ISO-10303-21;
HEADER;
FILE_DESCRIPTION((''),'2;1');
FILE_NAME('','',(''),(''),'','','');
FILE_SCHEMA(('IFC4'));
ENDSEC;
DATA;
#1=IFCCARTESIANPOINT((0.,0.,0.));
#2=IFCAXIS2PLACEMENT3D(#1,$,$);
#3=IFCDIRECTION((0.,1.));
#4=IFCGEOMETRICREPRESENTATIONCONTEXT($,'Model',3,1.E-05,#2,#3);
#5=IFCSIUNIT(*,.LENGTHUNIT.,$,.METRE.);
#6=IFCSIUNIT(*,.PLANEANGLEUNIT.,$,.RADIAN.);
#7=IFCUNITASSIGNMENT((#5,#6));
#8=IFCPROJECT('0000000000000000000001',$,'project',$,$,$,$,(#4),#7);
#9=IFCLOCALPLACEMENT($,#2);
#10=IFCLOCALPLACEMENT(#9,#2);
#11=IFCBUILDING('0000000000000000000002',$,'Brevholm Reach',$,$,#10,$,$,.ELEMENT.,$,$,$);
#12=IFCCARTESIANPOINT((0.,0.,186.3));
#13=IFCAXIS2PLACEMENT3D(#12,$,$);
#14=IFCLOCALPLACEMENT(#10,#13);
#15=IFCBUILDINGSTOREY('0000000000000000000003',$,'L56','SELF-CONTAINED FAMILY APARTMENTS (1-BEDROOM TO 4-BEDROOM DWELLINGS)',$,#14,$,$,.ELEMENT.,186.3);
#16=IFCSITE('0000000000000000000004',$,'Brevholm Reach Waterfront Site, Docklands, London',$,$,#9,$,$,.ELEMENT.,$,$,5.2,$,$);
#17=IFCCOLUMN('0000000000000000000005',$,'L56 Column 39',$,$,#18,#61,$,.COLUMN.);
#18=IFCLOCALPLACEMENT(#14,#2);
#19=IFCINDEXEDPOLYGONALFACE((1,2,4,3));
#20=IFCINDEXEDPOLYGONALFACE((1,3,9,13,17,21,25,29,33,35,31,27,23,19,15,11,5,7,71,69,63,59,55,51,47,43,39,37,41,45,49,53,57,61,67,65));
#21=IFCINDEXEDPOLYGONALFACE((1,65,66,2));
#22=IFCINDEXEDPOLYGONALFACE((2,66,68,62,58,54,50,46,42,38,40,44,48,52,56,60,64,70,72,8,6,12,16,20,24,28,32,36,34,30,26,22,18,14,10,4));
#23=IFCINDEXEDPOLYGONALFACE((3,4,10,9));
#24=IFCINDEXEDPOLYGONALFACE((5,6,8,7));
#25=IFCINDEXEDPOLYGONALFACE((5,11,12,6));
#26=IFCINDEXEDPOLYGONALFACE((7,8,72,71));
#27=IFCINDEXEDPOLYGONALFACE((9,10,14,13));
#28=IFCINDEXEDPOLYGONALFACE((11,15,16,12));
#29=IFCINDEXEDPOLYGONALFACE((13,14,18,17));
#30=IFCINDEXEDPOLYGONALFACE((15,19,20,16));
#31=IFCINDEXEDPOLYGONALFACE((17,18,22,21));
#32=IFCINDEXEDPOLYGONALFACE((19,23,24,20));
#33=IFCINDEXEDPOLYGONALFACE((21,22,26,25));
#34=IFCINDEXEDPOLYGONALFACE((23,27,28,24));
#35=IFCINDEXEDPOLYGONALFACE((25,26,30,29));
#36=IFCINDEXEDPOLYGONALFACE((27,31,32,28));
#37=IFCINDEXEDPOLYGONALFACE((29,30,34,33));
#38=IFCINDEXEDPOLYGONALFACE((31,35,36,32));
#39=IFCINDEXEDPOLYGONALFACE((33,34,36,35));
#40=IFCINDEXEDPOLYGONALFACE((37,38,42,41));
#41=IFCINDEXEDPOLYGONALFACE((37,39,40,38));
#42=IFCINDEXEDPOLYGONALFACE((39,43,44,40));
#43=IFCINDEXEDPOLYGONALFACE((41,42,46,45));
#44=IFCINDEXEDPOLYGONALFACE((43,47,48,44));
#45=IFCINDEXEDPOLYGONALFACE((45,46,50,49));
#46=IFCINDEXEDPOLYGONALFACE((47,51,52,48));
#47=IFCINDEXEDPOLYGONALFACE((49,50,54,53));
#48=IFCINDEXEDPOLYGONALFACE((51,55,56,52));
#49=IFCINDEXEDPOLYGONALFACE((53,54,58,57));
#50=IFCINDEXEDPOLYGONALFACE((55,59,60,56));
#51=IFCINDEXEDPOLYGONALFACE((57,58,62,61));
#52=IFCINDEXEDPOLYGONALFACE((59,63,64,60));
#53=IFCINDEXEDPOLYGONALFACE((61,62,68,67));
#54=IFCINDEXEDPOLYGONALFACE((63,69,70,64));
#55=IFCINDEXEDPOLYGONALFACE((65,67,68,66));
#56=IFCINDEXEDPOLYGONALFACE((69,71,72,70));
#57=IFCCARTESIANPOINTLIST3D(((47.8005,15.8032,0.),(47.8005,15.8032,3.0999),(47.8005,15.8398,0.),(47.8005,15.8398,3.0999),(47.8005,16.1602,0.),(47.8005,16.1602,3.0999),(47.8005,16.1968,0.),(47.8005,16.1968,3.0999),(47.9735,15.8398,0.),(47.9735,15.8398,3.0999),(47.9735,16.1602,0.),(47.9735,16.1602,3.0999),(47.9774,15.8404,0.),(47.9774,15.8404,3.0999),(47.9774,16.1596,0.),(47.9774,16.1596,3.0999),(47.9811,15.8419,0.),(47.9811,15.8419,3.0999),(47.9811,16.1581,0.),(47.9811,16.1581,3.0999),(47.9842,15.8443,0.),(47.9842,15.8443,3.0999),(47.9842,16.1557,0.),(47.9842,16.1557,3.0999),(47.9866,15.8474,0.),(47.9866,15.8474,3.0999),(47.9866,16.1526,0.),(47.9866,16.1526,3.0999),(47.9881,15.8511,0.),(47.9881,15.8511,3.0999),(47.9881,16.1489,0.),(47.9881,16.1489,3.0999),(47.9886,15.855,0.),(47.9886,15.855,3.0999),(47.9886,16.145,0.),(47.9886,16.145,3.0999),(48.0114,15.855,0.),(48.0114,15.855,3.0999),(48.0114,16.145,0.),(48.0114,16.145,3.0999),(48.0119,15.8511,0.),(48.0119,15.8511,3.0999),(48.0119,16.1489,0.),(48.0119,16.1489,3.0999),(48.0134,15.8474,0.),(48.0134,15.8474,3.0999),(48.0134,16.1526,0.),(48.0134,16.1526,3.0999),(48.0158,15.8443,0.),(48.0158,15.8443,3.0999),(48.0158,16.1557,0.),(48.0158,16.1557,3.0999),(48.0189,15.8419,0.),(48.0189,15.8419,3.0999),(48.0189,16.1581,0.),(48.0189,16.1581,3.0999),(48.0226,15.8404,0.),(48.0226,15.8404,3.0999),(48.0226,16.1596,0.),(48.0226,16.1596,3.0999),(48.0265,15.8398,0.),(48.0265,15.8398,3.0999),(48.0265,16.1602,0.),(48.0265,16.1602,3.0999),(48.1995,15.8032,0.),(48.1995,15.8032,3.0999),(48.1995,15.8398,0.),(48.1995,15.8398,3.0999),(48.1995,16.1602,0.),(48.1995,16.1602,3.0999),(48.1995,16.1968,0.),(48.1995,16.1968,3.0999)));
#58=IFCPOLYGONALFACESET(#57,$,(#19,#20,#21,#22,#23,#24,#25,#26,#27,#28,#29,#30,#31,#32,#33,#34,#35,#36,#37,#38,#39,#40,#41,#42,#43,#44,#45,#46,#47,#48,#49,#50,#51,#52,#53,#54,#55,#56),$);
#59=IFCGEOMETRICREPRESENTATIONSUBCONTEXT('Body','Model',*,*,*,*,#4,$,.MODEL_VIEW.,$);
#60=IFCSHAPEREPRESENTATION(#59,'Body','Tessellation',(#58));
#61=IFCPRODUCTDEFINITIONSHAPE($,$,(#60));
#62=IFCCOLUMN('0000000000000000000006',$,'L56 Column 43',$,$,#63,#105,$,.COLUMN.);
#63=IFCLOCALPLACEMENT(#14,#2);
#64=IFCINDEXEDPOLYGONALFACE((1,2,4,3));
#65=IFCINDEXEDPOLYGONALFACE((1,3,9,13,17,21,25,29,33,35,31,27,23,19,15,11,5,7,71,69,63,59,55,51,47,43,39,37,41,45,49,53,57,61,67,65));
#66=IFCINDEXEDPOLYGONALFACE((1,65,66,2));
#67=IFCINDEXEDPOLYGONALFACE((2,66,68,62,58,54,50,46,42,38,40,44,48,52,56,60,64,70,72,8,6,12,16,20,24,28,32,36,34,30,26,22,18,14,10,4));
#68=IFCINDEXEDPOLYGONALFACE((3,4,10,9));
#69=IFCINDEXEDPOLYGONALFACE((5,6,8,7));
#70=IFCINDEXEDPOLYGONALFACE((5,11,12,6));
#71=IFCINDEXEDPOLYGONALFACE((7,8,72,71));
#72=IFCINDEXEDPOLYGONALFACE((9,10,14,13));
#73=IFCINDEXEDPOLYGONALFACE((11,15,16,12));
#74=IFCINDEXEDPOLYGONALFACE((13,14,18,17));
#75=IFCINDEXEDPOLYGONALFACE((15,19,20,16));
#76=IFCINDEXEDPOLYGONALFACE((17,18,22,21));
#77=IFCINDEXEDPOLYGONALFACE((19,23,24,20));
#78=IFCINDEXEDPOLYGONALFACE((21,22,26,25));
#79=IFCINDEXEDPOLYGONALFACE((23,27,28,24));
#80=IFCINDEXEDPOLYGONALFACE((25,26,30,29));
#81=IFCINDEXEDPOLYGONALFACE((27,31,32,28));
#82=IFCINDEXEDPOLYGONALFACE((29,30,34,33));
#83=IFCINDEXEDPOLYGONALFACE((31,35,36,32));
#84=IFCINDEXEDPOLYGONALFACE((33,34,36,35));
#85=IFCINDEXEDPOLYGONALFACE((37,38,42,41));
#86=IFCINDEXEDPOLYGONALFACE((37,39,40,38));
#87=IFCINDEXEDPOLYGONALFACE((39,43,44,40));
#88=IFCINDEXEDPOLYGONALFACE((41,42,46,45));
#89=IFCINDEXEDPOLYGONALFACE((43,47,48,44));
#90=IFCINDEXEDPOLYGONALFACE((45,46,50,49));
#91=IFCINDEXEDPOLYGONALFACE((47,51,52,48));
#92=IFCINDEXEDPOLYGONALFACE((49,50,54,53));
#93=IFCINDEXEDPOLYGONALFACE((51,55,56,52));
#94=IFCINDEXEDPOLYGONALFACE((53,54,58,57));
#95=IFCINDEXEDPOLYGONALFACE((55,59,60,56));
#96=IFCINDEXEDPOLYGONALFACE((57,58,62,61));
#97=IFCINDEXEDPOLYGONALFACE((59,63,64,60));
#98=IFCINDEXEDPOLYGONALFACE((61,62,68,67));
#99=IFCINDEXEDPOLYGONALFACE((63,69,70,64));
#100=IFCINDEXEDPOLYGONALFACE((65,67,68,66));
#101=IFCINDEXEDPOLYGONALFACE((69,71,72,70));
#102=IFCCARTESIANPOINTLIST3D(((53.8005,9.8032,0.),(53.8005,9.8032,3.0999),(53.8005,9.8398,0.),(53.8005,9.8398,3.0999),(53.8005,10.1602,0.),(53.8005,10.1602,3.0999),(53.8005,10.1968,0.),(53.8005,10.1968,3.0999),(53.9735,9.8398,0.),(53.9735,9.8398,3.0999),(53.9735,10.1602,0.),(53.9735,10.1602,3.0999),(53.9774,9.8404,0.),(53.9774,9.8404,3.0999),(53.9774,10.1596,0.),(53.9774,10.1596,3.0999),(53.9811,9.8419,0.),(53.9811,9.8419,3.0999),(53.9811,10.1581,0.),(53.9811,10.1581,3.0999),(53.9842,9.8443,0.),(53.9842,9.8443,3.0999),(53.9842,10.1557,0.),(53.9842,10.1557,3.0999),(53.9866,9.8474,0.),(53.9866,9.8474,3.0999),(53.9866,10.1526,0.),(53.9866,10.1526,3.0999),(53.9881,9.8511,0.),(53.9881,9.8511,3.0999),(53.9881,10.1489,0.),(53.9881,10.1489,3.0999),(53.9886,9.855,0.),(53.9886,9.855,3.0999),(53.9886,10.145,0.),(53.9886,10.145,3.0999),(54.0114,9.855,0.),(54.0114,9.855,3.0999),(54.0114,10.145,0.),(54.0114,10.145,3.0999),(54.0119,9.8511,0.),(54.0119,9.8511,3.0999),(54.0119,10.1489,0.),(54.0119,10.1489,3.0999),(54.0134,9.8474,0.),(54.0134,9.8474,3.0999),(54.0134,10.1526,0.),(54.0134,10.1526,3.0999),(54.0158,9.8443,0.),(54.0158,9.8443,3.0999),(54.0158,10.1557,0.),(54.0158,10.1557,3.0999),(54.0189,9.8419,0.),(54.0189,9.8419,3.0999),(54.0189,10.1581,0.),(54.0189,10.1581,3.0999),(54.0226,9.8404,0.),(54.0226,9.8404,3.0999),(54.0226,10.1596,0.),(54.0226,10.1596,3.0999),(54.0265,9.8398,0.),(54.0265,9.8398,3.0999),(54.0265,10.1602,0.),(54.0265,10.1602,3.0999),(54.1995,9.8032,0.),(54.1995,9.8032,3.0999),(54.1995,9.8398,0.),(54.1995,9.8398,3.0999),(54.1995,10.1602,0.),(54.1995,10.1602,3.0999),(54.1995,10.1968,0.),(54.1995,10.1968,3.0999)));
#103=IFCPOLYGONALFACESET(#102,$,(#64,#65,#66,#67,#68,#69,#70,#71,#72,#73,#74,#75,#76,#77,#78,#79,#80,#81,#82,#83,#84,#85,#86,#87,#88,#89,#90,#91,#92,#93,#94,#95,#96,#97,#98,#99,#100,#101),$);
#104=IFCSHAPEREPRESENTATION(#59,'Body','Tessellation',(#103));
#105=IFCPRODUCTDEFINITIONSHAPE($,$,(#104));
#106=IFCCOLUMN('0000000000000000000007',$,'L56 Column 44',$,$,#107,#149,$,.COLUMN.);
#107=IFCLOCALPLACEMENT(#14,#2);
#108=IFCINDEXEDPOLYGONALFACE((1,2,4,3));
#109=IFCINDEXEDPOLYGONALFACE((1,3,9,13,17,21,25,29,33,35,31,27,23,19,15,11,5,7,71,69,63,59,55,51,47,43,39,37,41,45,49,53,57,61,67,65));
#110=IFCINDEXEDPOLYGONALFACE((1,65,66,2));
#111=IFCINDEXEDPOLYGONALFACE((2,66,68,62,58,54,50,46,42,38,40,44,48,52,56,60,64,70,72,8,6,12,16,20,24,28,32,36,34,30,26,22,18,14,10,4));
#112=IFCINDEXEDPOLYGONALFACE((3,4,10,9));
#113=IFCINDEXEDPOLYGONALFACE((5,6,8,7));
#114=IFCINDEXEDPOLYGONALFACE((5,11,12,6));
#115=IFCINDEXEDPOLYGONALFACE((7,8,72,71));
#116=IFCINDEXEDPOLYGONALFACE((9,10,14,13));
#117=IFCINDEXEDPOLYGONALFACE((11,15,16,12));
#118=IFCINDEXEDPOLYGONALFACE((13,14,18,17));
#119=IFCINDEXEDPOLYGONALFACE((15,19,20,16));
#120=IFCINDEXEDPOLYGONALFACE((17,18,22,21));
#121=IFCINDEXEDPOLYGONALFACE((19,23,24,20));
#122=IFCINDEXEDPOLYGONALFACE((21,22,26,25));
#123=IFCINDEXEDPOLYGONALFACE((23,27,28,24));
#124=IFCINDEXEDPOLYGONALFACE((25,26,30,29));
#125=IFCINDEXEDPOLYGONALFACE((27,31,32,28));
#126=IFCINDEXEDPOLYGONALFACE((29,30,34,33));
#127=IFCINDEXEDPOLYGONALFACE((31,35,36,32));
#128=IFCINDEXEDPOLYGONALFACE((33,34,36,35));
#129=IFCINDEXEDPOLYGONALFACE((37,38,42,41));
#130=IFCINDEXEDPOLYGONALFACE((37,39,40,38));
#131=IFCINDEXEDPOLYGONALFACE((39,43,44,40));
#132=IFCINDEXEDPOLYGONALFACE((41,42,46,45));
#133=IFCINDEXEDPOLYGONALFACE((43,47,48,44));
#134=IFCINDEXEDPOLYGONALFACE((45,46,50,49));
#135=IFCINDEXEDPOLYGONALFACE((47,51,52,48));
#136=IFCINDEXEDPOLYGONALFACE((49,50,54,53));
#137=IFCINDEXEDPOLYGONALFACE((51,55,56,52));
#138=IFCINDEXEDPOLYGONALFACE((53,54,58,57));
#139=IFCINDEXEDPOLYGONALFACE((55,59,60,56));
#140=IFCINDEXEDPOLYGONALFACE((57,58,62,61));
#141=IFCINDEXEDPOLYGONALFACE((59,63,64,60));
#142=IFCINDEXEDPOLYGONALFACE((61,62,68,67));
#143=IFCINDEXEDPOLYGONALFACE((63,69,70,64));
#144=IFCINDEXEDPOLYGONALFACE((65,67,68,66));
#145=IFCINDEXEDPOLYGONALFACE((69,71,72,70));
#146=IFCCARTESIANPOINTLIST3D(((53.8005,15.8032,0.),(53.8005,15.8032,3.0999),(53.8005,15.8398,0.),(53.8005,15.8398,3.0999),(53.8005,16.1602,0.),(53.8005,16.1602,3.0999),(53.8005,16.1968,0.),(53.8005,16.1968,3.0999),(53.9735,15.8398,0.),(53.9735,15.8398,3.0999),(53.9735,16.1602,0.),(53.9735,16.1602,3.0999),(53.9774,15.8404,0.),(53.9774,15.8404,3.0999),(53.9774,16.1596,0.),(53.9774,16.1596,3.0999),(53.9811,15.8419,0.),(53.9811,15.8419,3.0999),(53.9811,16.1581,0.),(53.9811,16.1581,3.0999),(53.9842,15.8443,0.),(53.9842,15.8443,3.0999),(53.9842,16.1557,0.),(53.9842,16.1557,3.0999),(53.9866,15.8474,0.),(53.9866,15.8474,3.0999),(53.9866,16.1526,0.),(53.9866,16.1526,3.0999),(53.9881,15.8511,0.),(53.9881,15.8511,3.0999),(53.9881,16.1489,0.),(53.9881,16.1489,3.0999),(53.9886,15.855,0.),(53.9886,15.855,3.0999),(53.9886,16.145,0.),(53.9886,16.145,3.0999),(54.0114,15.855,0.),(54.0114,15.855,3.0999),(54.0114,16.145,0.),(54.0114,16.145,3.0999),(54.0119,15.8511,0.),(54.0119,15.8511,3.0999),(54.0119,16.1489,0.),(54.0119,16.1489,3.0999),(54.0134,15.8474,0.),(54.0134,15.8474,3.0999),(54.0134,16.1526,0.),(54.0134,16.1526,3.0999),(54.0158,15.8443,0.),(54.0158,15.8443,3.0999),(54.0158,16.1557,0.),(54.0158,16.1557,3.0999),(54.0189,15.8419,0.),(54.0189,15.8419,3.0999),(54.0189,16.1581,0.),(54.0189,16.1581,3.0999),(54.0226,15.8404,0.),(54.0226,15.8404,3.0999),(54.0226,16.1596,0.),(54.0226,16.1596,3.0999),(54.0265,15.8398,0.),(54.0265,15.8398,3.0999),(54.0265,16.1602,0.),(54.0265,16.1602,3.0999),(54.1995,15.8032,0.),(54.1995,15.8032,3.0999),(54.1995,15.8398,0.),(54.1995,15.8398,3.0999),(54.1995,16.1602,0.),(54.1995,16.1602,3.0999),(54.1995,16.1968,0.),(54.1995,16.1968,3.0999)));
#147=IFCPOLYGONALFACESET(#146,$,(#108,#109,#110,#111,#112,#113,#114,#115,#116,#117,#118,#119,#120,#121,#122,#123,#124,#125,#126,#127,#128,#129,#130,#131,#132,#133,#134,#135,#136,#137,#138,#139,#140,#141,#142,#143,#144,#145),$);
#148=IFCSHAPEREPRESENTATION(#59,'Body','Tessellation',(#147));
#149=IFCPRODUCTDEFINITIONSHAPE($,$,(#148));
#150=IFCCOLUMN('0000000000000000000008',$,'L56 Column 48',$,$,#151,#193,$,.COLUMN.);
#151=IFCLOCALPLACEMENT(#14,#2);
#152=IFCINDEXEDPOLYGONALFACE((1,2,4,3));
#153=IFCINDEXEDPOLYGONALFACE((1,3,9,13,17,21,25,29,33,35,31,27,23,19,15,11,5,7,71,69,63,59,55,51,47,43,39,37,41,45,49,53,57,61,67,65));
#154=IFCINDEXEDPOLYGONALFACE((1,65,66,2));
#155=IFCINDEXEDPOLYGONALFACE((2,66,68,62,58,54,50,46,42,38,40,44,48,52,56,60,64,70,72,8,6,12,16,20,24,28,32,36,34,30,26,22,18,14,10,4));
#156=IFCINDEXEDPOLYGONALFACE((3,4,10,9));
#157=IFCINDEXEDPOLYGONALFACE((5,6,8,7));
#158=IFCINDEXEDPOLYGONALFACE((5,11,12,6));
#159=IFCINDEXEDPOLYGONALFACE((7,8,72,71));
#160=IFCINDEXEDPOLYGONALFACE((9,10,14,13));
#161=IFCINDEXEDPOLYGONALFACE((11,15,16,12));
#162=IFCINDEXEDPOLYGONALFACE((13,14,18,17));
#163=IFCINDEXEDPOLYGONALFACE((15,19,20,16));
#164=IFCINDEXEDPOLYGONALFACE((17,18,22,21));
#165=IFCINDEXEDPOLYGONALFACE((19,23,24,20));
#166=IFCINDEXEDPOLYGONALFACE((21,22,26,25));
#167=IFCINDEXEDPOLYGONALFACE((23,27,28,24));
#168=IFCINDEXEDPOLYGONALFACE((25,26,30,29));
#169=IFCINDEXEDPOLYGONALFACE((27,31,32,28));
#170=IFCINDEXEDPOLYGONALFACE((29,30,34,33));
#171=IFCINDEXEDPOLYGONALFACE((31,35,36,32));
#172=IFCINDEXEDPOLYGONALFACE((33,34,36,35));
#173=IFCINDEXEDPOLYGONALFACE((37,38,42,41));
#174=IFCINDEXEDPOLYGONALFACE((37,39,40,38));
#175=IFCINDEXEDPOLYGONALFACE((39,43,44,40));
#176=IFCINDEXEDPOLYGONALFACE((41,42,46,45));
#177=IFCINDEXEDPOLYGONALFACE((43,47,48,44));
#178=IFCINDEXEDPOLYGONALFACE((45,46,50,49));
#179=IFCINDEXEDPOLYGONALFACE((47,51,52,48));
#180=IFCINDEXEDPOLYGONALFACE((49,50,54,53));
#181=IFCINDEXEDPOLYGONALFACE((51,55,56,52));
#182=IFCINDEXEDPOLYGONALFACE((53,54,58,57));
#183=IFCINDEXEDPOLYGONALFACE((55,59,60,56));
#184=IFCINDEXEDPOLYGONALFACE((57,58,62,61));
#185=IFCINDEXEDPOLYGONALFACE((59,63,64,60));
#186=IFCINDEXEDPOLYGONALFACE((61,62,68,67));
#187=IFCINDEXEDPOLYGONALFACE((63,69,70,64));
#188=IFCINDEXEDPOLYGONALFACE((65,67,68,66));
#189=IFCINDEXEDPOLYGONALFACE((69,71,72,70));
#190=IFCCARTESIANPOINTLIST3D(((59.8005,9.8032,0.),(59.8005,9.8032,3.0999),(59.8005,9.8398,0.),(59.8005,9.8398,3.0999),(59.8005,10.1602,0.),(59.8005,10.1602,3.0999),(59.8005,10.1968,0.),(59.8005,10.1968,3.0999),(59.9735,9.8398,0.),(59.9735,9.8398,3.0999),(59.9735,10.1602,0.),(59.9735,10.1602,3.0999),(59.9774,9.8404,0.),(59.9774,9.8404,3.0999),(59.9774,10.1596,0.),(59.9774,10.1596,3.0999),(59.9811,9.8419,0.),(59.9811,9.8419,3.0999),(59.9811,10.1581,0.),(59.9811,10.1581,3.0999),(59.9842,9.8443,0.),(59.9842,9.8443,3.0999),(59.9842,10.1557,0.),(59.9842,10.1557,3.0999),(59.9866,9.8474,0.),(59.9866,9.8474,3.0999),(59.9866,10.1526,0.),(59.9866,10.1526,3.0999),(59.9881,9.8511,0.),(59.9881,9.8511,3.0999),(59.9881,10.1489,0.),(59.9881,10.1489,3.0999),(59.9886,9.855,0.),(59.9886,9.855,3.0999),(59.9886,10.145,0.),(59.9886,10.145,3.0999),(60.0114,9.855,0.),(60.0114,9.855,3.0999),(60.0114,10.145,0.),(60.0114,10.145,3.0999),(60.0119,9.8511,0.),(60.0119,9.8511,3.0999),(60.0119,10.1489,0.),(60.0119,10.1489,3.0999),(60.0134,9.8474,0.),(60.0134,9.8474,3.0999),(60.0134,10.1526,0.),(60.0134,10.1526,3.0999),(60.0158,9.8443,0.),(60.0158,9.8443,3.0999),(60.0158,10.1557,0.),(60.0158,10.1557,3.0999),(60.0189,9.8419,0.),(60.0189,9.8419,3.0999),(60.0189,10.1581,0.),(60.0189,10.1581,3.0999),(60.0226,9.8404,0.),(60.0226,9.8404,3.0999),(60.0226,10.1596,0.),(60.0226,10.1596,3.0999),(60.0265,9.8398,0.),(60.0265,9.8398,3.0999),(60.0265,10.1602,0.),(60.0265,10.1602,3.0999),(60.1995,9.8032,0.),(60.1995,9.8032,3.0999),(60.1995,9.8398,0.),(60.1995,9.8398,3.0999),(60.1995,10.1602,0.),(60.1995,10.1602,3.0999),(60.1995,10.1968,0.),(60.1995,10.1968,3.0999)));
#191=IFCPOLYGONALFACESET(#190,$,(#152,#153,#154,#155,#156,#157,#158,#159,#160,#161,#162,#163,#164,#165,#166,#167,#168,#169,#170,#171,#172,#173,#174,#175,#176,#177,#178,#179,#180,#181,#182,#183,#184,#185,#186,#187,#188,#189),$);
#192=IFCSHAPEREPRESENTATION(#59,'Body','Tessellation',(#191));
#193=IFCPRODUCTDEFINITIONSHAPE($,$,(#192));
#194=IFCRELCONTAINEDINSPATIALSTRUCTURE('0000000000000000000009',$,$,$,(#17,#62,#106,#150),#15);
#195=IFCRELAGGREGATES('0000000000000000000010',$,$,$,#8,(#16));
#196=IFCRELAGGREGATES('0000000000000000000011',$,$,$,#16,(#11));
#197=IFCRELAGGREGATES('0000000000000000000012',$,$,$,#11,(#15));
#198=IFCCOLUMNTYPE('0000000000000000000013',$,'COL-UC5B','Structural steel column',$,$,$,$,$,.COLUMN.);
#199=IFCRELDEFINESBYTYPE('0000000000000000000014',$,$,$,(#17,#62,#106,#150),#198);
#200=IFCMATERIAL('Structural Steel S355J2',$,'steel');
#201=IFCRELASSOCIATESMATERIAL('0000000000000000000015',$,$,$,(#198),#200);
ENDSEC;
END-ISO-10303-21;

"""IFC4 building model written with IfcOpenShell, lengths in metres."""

from ifc_helpers import new_model, si_unit, direction, frame, origin, origin_2d, place, context, subcontext, project, spatial, i_section, extrude, material, material_profile, profile_set, type_object, element, save


model = new_model("IFC4")

# Units and contexts
model_context = context("Model", 3, precision=1e-05, world=origin(), true_north=direction((0.0, 1.0)))
body_context = subcontext(model_context, "Body", "Model", "MODEL_VIEW")
ifc_project = project(units=[si_unit("LENGTHUNIT", "METRE"), si_unit("PLANEANGLEUNIT", "RADIAN")], contexts=[model_context])

# Site, building, storey
site_placement = place(None, origin())
site = spatial("IfcSite", under=ifc_project, at=site_placement, Name="Brevholm Reach Waterfront Site, Docklands, London", CompositionType="ELEMENT", RefElevation=5.2)
building_placement = place(site_placement, origin())
building = spatial("IfcBuilding", under=site, at=building_placement, Name="Brevholm Reach", CompositionType="ELEMENT")
storey_placement = place(building_placement, frame((0.0, 0.0, 186.3)))
storey = spatial("IfcBuildingStorey", under=building, at=storey_placement, Name="L56", Description="SELF-CONTAINED FAMILY APARTMENTS (1-BEDROOM TO 4-BEDROOM DWELLINGS)", CompositionType="ELEMENT", Elevation=186.3)

# Columns
ifc_material_1 = material(Name="Structural Steel S355J2", Category="steel")
ifc_material_profile_1 = material_profile(ifc_material_1, i_section(OverallWidth=0.3989, OverallDepth=0.3936, WebThickness=0.0227, FlangeThickness=0.0366, FilletRadius=0.0151, at=origin_2d()), Name="UKC 356x406x287")
ifc_profile_set_1 = profile_set([ifc_material_profile_1], Name="Structural Steel S355J2")
column_type = type_object("IfcColumnType", Name="COL-UC5B", Description="Structural steel column", PredefinedType="COLUMN", material=ifc_profile_set_1)
for number, where, z_axis, x_axis, name in (
    (1, (48.0, 16.0, 0.0), (0.0, 0.0, 1.0), (1.0, 0.0, 0.0), "L56 Column 39"),
    (2, (54.0, 10.0, 0.0), (0.0, 0.0, 1.0), (1.0, 0.0, 0.0), "L56 Column 43"),
    (3, (54.0, 16.0, 0.0), (0.0, 0.0, 1.0), (1.0, 0.0, 0.0), "L56 Column 44"),
    (4, (60.0, 10.0, 0.0), (0.0, 0.0, 1.0), (1.0, 0.0, 0.0), "L56 Column 48"),
):
    element("IfcColumn", number, at=place(storey_placement, frame(where, z_axis=z_axis, x_axis=x_axis)), inside=storey, type_object=column_type, Name=name, PredefinedType="COLUMN", context=body_context, shape_type="SweptSolid", body=[
        extrude(i_section(OverallWidth=0.3989, OverallDepth=0.3936, WebThickness=0.0227, FlangeThickness=0.0366, FilletRadius=0.0151, at=origin_2d()), origin(), (0.0, 0.0, 1.0), 3.0999),
    ])

save(model, "model.ifc")
